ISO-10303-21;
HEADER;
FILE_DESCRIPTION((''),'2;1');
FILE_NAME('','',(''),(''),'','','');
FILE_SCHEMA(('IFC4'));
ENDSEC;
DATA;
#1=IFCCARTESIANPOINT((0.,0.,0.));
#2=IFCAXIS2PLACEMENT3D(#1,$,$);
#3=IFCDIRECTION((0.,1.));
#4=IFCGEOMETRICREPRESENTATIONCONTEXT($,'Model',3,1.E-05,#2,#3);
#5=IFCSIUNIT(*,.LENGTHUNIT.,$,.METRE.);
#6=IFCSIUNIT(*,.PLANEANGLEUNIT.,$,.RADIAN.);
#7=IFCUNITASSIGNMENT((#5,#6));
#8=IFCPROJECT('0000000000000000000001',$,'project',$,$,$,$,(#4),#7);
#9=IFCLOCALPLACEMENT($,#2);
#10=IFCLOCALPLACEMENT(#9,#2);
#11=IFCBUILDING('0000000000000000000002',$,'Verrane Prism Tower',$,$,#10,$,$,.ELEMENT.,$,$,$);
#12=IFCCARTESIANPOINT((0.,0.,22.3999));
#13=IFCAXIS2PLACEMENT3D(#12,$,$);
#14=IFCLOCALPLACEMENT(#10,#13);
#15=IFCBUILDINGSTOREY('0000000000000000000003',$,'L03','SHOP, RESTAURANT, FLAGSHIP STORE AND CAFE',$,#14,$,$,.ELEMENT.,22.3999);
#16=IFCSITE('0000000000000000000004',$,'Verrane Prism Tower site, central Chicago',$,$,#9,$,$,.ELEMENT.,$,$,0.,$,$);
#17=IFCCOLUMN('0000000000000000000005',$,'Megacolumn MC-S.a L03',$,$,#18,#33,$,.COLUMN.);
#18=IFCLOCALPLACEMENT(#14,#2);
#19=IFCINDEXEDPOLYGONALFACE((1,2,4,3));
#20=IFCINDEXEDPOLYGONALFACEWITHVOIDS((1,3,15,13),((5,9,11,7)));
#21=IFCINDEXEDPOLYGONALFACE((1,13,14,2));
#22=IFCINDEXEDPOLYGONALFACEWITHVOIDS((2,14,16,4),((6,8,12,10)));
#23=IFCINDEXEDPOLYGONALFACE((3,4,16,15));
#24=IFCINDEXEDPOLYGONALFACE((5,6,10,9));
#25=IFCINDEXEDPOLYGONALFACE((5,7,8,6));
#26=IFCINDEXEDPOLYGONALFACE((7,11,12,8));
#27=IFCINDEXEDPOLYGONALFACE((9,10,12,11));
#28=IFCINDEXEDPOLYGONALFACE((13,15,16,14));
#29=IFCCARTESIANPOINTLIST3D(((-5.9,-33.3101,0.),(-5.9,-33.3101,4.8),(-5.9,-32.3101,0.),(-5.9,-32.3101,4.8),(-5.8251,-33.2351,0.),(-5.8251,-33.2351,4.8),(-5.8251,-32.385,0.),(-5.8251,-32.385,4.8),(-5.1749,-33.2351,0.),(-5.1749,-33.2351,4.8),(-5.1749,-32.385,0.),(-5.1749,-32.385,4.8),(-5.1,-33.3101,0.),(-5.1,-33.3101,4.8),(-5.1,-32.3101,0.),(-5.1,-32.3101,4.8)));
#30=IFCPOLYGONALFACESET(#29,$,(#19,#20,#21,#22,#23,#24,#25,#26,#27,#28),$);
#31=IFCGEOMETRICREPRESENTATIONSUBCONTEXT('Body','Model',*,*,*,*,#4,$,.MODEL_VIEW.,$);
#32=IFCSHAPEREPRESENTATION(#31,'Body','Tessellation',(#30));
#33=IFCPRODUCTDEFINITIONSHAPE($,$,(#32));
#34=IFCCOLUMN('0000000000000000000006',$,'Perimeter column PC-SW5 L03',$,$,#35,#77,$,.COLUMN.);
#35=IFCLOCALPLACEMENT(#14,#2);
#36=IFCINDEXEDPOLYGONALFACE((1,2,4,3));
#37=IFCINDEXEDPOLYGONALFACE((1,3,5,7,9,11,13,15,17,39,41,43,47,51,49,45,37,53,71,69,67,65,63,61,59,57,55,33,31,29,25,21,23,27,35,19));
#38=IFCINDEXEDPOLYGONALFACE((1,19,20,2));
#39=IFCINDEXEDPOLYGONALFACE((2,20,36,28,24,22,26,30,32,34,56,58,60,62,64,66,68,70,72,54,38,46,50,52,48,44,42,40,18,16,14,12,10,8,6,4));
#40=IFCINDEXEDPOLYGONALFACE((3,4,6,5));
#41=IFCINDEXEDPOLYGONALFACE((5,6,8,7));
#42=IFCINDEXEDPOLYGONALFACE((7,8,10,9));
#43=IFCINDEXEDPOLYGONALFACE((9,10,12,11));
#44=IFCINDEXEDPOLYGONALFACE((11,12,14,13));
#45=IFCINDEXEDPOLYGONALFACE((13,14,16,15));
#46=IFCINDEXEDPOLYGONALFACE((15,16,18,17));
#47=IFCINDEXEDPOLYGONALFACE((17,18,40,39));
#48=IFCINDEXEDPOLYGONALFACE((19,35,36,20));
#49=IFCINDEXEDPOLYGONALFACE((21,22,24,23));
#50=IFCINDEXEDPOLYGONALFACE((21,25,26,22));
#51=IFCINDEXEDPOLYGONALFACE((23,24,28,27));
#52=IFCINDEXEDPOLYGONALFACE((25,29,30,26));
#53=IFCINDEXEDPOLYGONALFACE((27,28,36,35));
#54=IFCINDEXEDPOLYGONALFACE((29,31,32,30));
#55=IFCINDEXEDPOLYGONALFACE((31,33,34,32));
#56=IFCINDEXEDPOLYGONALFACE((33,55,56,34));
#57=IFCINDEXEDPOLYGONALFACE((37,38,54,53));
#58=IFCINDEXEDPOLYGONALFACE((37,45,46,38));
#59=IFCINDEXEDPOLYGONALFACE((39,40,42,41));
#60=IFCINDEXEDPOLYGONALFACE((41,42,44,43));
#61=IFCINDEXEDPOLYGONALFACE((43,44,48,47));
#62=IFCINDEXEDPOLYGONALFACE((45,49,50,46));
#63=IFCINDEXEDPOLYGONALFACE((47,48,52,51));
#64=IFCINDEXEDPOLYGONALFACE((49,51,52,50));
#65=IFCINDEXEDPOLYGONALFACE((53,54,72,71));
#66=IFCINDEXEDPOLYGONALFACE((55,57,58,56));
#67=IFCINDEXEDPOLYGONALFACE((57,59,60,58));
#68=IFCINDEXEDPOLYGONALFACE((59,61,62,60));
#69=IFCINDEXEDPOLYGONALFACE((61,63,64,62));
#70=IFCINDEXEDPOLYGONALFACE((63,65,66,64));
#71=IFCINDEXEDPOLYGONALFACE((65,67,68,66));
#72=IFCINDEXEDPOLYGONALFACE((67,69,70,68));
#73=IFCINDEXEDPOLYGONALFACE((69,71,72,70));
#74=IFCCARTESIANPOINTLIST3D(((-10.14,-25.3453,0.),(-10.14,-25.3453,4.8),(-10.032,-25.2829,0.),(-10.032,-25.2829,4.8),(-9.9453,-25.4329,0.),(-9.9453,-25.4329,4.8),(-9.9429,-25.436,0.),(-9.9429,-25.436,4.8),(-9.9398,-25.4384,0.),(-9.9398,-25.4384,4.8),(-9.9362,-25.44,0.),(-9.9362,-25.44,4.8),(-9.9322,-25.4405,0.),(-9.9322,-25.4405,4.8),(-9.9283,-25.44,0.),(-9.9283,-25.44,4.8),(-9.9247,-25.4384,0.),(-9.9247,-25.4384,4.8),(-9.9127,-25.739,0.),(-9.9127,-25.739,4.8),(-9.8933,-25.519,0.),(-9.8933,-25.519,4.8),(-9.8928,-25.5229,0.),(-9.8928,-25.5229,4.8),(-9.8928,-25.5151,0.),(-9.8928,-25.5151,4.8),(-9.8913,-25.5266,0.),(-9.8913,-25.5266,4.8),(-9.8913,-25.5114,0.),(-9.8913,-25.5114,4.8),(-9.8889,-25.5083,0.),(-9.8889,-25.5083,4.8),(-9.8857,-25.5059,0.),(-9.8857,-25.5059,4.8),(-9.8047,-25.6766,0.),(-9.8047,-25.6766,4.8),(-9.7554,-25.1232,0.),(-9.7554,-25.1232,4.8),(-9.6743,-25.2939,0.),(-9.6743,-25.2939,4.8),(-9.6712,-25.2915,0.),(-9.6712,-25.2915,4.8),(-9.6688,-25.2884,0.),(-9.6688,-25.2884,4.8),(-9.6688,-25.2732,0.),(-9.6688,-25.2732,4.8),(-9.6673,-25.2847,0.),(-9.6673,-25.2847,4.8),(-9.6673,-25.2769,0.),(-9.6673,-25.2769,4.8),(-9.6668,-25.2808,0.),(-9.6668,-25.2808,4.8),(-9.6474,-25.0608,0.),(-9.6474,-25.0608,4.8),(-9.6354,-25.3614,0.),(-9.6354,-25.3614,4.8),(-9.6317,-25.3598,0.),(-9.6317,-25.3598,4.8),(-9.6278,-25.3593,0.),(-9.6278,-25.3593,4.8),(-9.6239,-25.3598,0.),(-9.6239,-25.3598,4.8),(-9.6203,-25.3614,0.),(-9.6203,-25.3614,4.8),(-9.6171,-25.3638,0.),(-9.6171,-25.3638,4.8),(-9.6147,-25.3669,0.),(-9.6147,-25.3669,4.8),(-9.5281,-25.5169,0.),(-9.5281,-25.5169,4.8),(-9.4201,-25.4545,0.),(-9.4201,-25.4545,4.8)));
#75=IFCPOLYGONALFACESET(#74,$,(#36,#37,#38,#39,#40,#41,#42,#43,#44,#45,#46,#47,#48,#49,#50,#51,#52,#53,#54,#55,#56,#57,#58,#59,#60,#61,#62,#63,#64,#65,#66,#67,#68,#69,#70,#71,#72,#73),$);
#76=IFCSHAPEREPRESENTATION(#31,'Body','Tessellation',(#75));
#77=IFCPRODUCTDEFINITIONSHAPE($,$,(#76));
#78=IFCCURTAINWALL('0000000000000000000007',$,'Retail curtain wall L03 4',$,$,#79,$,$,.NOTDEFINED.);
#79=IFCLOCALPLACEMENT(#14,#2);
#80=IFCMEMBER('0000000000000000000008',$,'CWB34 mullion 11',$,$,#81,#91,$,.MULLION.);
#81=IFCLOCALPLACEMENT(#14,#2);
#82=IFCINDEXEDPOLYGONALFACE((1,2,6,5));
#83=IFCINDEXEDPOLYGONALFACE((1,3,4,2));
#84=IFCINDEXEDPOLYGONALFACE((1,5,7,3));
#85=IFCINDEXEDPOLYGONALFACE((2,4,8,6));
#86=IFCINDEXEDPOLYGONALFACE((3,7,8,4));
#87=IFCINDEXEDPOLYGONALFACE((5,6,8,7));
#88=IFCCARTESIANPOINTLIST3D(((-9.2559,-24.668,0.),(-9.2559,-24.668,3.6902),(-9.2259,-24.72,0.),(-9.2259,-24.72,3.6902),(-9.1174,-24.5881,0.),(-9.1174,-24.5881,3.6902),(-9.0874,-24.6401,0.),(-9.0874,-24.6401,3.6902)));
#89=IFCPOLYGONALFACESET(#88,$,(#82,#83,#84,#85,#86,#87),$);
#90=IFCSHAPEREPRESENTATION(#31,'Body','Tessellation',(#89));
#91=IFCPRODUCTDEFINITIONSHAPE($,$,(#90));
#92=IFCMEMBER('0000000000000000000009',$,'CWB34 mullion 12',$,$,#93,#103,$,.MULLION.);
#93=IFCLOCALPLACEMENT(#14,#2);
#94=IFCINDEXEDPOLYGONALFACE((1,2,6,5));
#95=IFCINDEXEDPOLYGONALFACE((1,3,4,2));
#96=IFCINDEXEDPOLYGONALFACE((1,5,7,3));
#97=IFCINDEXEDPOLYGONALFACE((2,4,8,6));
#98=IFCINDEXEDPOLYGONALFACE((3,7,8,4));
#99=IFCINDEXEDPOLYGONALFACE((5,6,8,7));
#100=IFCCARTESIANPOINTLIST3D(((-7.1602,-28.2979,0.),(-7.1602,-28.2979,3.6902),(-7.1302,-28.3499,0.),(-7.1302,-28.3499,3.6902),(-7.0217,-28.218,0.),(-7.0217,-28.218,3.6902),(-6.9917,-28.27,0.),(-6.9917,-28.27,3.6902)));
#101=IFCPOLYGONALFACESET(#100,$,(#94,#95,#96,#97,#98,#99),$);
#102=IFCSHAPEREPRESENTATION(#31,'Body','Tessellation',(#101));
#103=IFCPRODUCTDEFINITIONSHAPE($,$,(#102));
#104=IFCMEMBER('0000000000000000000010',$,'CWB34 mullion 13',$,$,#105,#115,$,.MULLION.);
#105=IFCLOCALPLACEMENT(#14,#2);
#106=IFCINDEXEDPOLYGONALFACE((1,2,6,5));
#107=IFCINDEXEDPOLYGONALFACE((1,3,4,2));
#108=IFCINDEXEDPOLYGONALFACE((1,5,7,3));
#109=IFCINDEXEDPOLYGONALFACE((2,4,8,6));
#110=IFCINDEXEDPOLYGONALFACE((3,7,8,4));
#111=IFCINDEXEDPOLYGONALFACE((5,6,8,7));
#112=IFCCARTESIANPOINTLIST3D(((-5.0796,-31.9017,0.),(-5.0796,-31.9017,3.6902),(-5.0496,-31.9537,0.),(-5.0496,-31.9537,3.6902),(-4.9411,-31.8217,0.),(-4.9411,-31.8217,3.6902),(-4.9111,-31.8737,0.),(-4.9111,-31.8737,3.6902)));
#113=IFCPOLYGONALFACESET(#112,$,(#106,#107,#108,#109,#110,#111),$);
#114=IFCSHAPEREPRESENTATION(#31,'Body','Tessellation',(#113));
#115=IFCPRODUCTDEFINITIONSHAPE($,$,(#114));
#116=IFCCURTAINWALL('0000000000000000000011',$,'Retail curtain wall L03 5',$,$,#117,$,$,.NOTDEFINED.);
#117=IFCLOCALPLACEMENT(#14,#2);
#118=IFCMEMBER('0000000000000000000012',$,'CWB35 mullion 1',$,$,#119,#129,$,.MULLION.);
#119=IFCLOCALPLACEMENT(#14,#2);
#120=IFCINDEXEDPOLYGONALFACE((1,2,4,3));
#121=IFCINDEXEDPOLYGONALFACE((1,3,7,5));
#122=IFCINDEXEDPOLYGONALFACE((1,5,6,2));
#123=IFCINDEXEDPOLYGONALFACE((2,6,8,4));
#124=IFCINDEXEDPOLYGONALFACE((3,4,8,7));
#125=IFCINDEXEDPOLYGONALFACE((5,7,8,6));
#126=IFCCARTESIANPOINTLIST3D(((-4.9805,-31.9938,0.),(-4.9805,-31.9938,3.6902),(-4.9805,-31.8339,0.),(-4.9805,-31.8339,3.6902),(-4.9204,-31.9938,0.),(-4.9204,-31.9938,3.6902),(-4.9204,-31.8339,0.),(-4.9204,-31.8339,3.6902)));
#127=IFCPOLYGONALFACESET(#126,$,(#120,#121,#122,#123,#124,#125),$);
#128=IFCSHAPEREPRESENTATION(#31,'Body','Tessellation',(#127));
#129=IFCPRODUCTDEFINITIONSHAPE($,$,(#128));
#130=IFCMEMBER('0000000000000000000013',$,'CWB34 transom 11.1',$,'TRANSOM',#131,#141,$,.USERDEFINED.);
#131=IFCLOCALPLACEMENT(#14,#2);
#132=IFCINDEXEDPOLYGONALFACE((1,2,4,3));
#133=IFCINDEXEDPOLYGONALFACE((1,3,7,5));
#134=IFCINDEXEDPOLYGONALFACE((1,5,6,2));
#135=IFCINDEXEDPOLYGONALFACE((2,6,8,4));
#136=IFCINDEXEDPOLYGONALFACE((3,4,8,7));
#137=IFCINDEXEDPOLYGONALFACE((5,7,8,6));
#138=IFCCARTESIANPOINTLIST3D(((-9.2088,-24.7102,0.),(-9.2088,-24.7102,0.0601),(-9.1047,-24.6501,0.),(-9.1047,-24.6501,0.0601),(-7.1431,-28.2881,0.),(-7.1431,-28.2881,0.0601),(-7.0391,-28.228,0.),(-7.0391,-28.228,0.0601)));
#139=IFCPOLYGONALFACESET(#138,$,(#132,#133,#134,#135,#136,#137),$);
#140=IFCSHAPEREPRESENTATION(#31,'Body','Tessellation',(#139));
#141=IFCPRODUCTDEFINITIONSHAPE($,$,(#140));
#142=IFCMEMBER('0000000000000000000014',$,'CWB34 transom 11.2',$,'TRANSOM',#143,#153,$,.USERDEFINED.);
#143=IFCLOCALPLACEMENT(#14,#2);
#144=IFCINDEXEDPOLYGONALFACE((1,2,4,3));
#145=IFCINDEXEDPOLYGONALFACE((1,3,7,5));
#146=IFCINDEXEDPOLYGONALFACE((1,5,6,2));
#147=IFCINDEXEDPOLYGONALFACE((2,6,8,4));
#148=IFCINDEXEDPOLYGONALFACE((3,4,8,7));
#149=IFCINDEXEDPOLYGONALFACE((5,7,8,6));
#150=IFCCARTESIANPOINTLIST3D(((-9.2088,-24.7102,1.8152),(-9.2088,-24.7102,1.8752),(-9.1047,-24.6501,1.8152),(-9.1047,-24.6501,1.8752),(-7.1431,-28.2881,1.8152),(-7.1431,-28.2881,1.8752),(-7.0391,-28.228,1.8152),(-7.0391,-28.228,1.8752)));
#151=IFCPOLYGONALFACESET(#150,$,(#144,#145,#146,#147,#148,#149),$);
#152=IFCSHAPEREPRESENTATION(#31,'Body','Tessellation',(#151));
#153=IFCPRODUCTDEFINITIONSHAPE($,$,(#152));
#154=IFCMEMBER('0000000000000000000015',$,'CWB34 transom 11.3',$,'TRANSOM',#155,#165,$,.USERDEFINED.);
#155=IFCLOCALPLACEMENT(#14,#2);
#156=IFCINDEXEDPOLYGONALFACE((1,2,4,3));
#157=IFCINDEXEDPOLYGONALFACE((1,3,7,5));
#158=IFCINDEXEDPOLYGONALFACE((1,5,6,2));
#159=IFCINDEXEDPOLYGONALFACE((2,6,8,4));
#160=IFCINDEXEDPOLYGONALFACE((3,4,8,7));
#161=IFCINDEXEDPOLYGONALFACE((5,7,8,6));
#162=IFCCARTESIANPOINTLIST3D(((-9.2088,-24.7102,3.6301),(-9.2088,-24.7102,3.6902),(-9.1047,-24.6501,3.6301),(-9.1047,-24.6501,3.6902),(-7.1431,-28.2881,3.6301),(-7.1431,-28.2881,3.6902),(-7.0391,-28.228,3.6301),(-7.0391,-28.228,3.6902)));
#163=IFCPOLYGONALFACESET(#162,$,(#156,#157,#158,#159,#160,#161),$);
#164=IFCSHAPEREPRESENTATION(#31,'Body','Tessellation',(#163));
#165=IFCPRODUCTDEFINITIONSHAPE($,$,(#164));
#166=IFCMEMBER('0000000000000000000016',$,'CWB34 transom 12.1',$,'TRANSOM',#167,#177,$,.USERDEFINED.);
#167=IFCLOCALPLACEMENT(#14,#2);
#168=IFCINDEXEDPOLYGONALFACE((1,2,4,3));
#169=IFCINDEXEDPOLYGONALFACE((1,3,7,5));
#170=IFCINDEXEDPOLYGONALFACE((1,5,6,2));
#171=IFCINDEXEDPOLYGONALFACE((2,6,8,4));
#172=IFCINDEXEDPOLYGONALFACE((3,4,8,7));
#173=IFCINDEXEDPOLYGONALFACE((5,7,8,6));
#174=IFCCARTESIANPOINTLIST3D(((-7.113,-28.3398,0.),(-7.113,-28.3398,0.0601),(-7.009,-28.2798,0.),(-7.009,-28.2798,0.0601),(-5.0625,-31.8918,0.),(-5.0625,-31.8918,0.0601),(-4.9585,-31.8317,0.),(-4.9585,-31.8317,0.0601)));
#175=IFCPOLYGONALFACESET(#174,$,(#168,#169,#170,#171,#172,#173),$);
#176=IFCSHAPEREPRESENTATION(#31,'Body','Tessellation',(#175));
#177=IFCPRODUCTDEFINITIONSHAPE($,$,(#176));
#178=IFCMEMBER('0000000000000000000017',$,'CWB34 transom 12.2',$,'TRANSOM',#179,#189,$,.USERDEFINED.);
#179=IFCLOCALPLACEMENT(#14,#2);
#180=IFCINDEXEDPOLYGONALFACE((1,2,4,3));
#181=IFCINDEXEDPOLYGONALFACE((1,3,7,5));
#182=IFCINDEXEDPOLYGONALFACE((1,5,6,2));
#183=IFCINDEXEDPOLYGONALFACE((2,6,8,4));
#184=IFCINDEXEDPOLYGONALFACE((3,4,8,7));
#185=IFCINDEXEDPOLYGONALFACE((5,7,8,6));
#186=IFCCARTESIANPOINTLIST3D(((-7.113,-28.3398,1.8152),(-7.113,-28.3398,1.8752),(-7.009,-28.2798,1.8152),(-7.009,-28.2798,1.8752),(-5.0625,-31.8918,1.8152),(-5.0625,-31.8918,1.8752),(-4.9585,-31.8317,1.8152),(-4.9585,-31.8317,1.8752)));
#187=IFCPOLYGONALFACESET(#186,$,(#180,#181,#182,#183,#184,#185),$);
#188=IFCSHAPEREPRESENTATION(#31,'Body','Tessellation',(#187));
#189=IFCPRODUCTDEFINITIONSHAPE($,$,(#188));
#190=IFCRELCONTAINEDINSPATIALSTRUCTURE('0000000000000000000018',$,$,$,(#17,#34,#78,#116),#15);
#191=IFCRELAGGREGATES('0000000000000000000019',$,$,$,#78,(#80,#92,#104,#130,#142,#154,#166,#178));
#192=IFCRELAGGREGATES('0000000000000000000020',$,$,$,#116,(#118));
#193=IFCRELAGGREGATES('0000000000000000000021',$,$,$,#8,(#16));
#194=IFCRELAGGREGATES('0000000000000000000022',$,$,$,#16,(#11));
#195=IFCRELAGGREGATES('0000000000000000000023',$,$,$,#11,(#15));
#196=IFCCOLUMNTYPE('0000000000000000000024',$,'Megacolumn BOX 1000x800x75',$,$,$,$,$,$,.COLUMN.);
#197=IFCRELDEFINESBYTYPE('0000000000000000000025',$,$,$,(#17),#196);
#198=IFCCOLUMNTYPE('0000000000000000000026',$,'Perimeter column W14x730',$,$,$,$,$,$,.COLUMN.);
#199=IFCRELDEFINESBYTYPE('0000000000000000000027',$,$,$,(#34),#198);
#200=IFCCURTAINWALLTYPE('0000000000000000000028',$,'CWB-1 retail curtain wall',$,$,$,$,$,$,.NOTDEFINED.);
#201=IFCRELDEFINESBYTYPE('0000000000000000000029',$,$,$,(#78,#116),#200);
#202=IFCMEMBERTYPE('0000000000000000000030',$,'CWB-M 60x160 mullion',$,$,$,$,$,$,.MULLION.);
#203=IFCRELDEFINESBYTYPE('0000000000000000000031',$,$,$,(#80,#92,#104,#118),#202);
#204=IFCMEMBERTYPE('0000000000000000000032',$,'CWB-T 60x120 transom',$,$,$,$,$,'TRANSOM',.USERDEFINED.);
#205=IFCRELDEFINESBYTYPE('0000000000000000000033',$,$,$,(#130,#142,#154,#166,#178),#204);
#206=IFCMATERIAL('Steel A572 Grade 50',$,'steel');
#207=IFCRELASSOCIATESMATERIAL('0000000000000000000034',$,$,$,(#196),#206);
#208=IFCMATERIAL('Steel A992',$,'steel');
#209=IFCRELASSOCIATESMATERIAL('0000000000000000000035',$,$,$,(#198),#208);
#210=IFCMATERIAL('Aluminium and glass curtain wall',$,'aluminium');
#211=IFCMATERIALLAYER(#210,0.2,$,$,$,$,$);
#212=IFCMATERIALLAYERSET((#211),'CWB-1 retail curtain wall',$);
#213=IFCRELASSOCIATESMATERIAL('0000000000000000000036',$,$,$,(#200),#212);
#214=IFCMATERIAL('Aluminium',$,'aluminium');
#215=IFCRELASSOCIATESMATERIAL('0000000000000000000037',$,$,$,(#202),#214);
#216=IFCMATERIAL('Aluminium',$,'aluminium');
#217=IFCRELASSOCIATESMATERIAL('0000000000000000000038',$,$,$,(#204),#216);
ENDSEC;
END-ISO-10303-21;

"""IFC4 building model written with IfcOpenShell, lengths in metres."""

from ifc_helpers import new_model, si_unit, direction, frame, origin, origin_2d, place, context, subcontext, project, spatial, rectangle, hollow_rectangle, i_section, extrude, material, layer, layer_set, material_profile, profile_set, type_object, element, aggregate, save


model = new_model("IFC4")

# Units and contexts
model_context = context("Model", 3, precision=1e-05, world=origin(), true_north=direction((0.0, 1.0)))
body_context = subcontext(model_context, "Body", "Model", "MODEL_VIEW")
ifc_project = project(units=[si_unit("LENGTHUNIT", "METRE"), si_unit("PLANEANGLEUNIT", "RADIAN")], contexts=[model_context])

# Site, building, storey
site_placement = place(None, origin())
site = spatial("IfcSite", under=ifc_project, at=site_placement, Name="Verrane Prism Tower site, central Chicago", CompositionType="ELEMENT", RefElevation=0.0)
building_placement = place(site_placement, origin())
building = spatial("IfcBuilding", under=site, at=building_placement, Name="Verrane Prism Tower", CompositionType="ELEMENT")
storey_placement = place(building_placement, frame((0.0, 0.0, 22.3999)))
storey = spatial("IfcBuildingStorey", under=building, at=storey_placement, Name="L03", Description="SHOP, RESTAURANT, FLAGSHIP STORE AND CAFE", CompositionType="ELEMENT", Elevation=22.3999)

# Columns
ifc_material_1 = material(Name="Steel A572 Grade 50", Category="steel")
ifc_material_profile_1 = material_profile(ifc_material_1, hollow_rectangle(XDim=0.8, YDim=1.0, WallThickness=0.075, at=origin_2d()), Name="BOX 1000x800x75")
ifc_profile_set_1 = profile_set([ifc_material_profile_1], Name="Steel A572 Grade 50")
column_type_1 = type_object("IfcColumnType", Name="Megacolumn BOX 1000x800x75", PredefinedType="COLUMN", material=ifc_profile_set_1)
column_1_placement = place(storey_placement, frame((-5.5, -32.8101, 0.0), z_axis=(0.0, 0.0, 1.0), x_axis=(-1.0, 0.0, 0.0)))
element("IfcColumn", 1, at=column_1_placement, inside=storey, type_object=column_type_1, Name="Megacolumn MC-S.a L03", PredefinedType="COLUMN", context=body_context, shape_type="SweptSolid", body=[
    extrude(hollow_rectangle(XDim=0.8, YDim=1.0, WallThickness=0.075, at=origin_2d()), origin(), (0.0, 0.0, 1.0), 4.8),
])
ifc_material_2 = material(Name="Steel A992", Category="steel")
ifc_material_profile_2 = material_profile(ifc_material_2, i_section(OverallWidth=0.4546, OverallDepth=0.5688, WebThickness=0.0779, FlangeThickness=0.1248, FilletRadius=0.0151, at=origin_2d()), Name="W14x730")
ifc_profile_set_2 = profile_set([ifc_material_profile_2], Name="Steel A992")
column_type_2 = type_object("IfcColumnType", Name="Perimeter column W14x730", PredefinedType="COLUMN", material=ifc_profile_set_2)
column_2_placement = place(storey_placement, frame((-9.78, -25.3999, 0.0), z_axis=(0.0, 0.0, 1.0), x_axis=(-0.5, 0.866025, 0.0)))
element("IfcColumn", 2, at=column_2_placement, inside=storey, type_object=column_type_2, Name="Perimeter column PC-SW5 L03", PredefinedType="COLUMN", context=body_context, shape_type="SweptSolid", body=[
    extrude(i_section(OverallWidth=0.4546, OverallDepth=0.5688, WebThickness=0.0779, FlangeThickness=0.1248, FilletRadius=0.0151, at=origin_2d()), origin(), (0.0, 0.0, 1.0), 4.8),
])

# Curtain wall, members
ifc_material_3 = material(Name="Aluminium and glass curtain wall", Category="aluminium")
ifc_layer_1 = layer(ifc_material_3, 0.2)
ifc_layer_set_1 = layer_set([ifc_layer_1], Name="CWB-1 retail curtain wall")
curtain_wall_type = type_object("IfcCurtainWallType", Name="CWB-1 retail curtain wall", PredefinedType="NOTDEFINED", material=ifc_layer_set_1)
curtain_wall_1_placement = place(storey_placement, origin())
curtain_wall_1 = element("IfcCurtainWall", 3, at=curtain_wall_1_placement, inside=storey, type_object=curtain_wall_type, Name="Retail curtain wall L03 4", PredefinedType="NOTDEFINED")
ifc_material_4 = material(Name="Aluminium", Category="aluminium")
ifc_material_profile_3 = material_profile(ifc_material_4, rectangle(XDim=0.1599, YDim=0.0601, at=origin_2d()), Name="CWB-M 60x160 mullion")
ifc_profile_set_3 = profile_set([ifc_material_profile_3], Name="Aluminium")
member_type_1 = type_object("IfcMemberType", Name="CWB-M 60x160 mullion", PredefinedType="MULLION", material=ifc_profile_set_3)
member_1_placement = place(storey_placement, frame((-9.1716, -24.6541, 0.0), z_axis=(0.0, 0.0, 1.0), x_axis=(0.866025, 0.5, 0.0)))
member_1 = element("IfcMember", 4, at=member_1_placement, type_object=member_type_1, Name="CWB34 mullion 11", PredefinedType="MULLION", context=body_context, shape_type="SweptSolid", body=[
    extrude(rectangle(XDim=0.1599, YDim=0.0601, at=origin_2d()), origin(), (0.0, 0.0, 1.0), 3.6902),
])
member_2_placement = place(storey_placement, frame((-7.0759, -28.2839, 0.0), z_axis=(0.0, 0.0, 1.0), x_axis=(0.866025, 0.5, 0.0)))
member_2 = element("IfcMember", 5, at=member_2_placement, type_object=member_type_1, Name="CWB34 mullion 12", PredefinedType="MULLION", context=body_context, shape_type="SweptSolid", body=[
    extrude(rectangle(XDim=0.1599, YDim=0.0601, at=origin_2d()), origin(), (0.0, 0.0, 1.0), 3.6902),
])
member_3_placement = place(storey_placement, frame((-4.9954, -31.8877, 0.0), z_axis=(0.0, 0.0, 1.0), x_axis=(0.866025, 0.5, 0.0)))
member_3 = element("IfcMember", 6, at=member_3_placement, type_object=member_type_1, Name="CWB34 mullion 13", PredefinedType="MULLION", context=body_context, shape_type="SweptSolid", body=[
    extrude(rectangle(XDim=0.1599, YDim=0.0601, at=origin_2d()), origin(), (0.0, 0.0, 1.0), 3.6902),
])

# Curtain wall, member
curtain_wall_2_placement = place(storey_placement, origin())
curtain_wall_2 = element("IfcCurtainWall", 7, at=curtain_wall_2_placement, inside=storey, type_object=curtain_wall_type, Name="Retail curtain wall L03 5", PredefinedType="NOTDEFINED")
member_4_placement = place(storey_placement, frame((-4.9504, -31.9138, 0.0), z_axis=(0.0, 0.0, 1.0), x_axis=(0.0, 1.0, 0.0)))
member_4 = element("IfcMember", 8, at=member_4_placement, type_object=member_type_1, Name="CWB35 mullion 1", PredefinedType="MULLION", context=body_context, shape_type="SweptSolid", body=[
    extrude(rectangle(XDim=0.1599, YDim=0.0601, at=origin_2d()), origin(), (0.0, 0.0, 1.0), 3.6902),
])

# Members
ifc_material_5 = material(Name="Aluminium", Category="aluminium")
ifc_material_profile_4 = material_profile(ifc_material_5, rectangle(XDim=0.1201, YDim=0.0601, at=origin_2d()), Name="CWB-T 60x120 transom")
ifc_profile_set_4 = profile_set([ifc_material_profile_4], Name="Aluminium")
member_type_2 = type_object("IfcMemberType", Name="CWB-T 60x120 transom", ElementType="TRANSOM", PredefinedType="USERDEFINED", material=ifc_profile_set_4)
member_5_placement = place(storey_placement, frame((-9.1567, -24.6802, 0.03), z_axis=(0.499997, -0.866027, 0.0), x_axis=(0.866027, 0.499997, 0.0)))
member_5 = element("IfcMember", 9, at=member_5_placement, type_object=member_type_2, Name="CWB34 transom 11.1", ObjectType="TRANSOM", PredefinedType="USERDEFINED", context=body_context, shape_type="SweptSolid", body=[
    extrude(rectangle(XDim=0.1201, YDim=0.0601, at=origin_2d()), origin(), (0.0, 0.0, 1.0), 4.1313),
])
member_6_placement = place(storey_placement, frame((-9.1567, -24.6802, 1.8452), z_axis=(0.499997, -0.866027, 0.0), x_axis=(0.866027, 0.499997, 0.0)))
member_6 = element("IfcMember", 10, at=member_6_placement, type_object=member_type_2, Name="CWB34 transom 11.2", ObjectType="TRANSOM", PredefinedType="USERDEFINED", context=body_context, shape_type="SweptSolid", body=[
    extrude(rectangle(XDim=0.1201, YDim=0.0601, at=origin_2d()), origin(), (0.0, 0.0, 1.0), 4.1313),
])
member_7_placement = place(storey_placement, frame((-9.1567, -24.6802, 3.6602), z_axis=(0.499997, -0.866027, 0.0), x_axis=(0.866027, 0.499997, 0.0)))
member_7 = element("IfcMember", 11, at=member_7_placement, type_object=member_type_2, Name="CWB34 transom 11.3", ObjectType="TRANSOM", PredefinedType="USERDEFINED", context=body_context, shape_type="SweptSolid", body=[
    extrude(rectangle(XDim=0.1201, YDim=0.0601, at=origin_2d()), origin(), (0.0, 0.0, 1.0), 4.1313),
])
member_8_placement = place(storey_placement, frame((-7.061, -28.3098, 0.03), z_axis=(0.499961, -0.866048, 0.0), x_axis=(0.866048, 0.499961, 0.0)))
member_8 = element("IfcMember", 12, at=member_8_placement, type_object=member_type_2, Name="CWB34 transom 12.1", ObjectType="TRANSOM", PredefinedType="USERDEFINED", context=body_context, shape_type="SweptSolid", body=[
    extrude(rectangle(XDim=0.1201, YDim=0.0601, at=origin_2d()), origin(), (0.0, 0.0, 1.0), 4.1013),
])
member_9_placement = place(storey_placement, frame((-7.061, -28.3098, 1.8452), z_axis=(0.499961, -0.866048, 0.0), x_axis=(0.866048, 0.499961, 0.0)))
member_9 = element("IfcMember", 13, at=member_9_placement, type_object=member_type_2, Name="CWB34 transom 12.2", ObjectType="TRANSOM", PredefinedType="USERDEFINED", context=body_context, shape_type="SweptSolid", body=[
    extrude(rectangle(XDim=0.1201, YDim=0.0601, at=origin_2d()), origin(), (0.0, 0.0, 1.0), 4.1013),
])

aggregate(curtain_wall_1, [member_1, member_2, member_3, member_5, member_6, member_7, member_8, member_9])
aggregate(curtain_wall_2, [member_4])

save(model, "model.ifc")
